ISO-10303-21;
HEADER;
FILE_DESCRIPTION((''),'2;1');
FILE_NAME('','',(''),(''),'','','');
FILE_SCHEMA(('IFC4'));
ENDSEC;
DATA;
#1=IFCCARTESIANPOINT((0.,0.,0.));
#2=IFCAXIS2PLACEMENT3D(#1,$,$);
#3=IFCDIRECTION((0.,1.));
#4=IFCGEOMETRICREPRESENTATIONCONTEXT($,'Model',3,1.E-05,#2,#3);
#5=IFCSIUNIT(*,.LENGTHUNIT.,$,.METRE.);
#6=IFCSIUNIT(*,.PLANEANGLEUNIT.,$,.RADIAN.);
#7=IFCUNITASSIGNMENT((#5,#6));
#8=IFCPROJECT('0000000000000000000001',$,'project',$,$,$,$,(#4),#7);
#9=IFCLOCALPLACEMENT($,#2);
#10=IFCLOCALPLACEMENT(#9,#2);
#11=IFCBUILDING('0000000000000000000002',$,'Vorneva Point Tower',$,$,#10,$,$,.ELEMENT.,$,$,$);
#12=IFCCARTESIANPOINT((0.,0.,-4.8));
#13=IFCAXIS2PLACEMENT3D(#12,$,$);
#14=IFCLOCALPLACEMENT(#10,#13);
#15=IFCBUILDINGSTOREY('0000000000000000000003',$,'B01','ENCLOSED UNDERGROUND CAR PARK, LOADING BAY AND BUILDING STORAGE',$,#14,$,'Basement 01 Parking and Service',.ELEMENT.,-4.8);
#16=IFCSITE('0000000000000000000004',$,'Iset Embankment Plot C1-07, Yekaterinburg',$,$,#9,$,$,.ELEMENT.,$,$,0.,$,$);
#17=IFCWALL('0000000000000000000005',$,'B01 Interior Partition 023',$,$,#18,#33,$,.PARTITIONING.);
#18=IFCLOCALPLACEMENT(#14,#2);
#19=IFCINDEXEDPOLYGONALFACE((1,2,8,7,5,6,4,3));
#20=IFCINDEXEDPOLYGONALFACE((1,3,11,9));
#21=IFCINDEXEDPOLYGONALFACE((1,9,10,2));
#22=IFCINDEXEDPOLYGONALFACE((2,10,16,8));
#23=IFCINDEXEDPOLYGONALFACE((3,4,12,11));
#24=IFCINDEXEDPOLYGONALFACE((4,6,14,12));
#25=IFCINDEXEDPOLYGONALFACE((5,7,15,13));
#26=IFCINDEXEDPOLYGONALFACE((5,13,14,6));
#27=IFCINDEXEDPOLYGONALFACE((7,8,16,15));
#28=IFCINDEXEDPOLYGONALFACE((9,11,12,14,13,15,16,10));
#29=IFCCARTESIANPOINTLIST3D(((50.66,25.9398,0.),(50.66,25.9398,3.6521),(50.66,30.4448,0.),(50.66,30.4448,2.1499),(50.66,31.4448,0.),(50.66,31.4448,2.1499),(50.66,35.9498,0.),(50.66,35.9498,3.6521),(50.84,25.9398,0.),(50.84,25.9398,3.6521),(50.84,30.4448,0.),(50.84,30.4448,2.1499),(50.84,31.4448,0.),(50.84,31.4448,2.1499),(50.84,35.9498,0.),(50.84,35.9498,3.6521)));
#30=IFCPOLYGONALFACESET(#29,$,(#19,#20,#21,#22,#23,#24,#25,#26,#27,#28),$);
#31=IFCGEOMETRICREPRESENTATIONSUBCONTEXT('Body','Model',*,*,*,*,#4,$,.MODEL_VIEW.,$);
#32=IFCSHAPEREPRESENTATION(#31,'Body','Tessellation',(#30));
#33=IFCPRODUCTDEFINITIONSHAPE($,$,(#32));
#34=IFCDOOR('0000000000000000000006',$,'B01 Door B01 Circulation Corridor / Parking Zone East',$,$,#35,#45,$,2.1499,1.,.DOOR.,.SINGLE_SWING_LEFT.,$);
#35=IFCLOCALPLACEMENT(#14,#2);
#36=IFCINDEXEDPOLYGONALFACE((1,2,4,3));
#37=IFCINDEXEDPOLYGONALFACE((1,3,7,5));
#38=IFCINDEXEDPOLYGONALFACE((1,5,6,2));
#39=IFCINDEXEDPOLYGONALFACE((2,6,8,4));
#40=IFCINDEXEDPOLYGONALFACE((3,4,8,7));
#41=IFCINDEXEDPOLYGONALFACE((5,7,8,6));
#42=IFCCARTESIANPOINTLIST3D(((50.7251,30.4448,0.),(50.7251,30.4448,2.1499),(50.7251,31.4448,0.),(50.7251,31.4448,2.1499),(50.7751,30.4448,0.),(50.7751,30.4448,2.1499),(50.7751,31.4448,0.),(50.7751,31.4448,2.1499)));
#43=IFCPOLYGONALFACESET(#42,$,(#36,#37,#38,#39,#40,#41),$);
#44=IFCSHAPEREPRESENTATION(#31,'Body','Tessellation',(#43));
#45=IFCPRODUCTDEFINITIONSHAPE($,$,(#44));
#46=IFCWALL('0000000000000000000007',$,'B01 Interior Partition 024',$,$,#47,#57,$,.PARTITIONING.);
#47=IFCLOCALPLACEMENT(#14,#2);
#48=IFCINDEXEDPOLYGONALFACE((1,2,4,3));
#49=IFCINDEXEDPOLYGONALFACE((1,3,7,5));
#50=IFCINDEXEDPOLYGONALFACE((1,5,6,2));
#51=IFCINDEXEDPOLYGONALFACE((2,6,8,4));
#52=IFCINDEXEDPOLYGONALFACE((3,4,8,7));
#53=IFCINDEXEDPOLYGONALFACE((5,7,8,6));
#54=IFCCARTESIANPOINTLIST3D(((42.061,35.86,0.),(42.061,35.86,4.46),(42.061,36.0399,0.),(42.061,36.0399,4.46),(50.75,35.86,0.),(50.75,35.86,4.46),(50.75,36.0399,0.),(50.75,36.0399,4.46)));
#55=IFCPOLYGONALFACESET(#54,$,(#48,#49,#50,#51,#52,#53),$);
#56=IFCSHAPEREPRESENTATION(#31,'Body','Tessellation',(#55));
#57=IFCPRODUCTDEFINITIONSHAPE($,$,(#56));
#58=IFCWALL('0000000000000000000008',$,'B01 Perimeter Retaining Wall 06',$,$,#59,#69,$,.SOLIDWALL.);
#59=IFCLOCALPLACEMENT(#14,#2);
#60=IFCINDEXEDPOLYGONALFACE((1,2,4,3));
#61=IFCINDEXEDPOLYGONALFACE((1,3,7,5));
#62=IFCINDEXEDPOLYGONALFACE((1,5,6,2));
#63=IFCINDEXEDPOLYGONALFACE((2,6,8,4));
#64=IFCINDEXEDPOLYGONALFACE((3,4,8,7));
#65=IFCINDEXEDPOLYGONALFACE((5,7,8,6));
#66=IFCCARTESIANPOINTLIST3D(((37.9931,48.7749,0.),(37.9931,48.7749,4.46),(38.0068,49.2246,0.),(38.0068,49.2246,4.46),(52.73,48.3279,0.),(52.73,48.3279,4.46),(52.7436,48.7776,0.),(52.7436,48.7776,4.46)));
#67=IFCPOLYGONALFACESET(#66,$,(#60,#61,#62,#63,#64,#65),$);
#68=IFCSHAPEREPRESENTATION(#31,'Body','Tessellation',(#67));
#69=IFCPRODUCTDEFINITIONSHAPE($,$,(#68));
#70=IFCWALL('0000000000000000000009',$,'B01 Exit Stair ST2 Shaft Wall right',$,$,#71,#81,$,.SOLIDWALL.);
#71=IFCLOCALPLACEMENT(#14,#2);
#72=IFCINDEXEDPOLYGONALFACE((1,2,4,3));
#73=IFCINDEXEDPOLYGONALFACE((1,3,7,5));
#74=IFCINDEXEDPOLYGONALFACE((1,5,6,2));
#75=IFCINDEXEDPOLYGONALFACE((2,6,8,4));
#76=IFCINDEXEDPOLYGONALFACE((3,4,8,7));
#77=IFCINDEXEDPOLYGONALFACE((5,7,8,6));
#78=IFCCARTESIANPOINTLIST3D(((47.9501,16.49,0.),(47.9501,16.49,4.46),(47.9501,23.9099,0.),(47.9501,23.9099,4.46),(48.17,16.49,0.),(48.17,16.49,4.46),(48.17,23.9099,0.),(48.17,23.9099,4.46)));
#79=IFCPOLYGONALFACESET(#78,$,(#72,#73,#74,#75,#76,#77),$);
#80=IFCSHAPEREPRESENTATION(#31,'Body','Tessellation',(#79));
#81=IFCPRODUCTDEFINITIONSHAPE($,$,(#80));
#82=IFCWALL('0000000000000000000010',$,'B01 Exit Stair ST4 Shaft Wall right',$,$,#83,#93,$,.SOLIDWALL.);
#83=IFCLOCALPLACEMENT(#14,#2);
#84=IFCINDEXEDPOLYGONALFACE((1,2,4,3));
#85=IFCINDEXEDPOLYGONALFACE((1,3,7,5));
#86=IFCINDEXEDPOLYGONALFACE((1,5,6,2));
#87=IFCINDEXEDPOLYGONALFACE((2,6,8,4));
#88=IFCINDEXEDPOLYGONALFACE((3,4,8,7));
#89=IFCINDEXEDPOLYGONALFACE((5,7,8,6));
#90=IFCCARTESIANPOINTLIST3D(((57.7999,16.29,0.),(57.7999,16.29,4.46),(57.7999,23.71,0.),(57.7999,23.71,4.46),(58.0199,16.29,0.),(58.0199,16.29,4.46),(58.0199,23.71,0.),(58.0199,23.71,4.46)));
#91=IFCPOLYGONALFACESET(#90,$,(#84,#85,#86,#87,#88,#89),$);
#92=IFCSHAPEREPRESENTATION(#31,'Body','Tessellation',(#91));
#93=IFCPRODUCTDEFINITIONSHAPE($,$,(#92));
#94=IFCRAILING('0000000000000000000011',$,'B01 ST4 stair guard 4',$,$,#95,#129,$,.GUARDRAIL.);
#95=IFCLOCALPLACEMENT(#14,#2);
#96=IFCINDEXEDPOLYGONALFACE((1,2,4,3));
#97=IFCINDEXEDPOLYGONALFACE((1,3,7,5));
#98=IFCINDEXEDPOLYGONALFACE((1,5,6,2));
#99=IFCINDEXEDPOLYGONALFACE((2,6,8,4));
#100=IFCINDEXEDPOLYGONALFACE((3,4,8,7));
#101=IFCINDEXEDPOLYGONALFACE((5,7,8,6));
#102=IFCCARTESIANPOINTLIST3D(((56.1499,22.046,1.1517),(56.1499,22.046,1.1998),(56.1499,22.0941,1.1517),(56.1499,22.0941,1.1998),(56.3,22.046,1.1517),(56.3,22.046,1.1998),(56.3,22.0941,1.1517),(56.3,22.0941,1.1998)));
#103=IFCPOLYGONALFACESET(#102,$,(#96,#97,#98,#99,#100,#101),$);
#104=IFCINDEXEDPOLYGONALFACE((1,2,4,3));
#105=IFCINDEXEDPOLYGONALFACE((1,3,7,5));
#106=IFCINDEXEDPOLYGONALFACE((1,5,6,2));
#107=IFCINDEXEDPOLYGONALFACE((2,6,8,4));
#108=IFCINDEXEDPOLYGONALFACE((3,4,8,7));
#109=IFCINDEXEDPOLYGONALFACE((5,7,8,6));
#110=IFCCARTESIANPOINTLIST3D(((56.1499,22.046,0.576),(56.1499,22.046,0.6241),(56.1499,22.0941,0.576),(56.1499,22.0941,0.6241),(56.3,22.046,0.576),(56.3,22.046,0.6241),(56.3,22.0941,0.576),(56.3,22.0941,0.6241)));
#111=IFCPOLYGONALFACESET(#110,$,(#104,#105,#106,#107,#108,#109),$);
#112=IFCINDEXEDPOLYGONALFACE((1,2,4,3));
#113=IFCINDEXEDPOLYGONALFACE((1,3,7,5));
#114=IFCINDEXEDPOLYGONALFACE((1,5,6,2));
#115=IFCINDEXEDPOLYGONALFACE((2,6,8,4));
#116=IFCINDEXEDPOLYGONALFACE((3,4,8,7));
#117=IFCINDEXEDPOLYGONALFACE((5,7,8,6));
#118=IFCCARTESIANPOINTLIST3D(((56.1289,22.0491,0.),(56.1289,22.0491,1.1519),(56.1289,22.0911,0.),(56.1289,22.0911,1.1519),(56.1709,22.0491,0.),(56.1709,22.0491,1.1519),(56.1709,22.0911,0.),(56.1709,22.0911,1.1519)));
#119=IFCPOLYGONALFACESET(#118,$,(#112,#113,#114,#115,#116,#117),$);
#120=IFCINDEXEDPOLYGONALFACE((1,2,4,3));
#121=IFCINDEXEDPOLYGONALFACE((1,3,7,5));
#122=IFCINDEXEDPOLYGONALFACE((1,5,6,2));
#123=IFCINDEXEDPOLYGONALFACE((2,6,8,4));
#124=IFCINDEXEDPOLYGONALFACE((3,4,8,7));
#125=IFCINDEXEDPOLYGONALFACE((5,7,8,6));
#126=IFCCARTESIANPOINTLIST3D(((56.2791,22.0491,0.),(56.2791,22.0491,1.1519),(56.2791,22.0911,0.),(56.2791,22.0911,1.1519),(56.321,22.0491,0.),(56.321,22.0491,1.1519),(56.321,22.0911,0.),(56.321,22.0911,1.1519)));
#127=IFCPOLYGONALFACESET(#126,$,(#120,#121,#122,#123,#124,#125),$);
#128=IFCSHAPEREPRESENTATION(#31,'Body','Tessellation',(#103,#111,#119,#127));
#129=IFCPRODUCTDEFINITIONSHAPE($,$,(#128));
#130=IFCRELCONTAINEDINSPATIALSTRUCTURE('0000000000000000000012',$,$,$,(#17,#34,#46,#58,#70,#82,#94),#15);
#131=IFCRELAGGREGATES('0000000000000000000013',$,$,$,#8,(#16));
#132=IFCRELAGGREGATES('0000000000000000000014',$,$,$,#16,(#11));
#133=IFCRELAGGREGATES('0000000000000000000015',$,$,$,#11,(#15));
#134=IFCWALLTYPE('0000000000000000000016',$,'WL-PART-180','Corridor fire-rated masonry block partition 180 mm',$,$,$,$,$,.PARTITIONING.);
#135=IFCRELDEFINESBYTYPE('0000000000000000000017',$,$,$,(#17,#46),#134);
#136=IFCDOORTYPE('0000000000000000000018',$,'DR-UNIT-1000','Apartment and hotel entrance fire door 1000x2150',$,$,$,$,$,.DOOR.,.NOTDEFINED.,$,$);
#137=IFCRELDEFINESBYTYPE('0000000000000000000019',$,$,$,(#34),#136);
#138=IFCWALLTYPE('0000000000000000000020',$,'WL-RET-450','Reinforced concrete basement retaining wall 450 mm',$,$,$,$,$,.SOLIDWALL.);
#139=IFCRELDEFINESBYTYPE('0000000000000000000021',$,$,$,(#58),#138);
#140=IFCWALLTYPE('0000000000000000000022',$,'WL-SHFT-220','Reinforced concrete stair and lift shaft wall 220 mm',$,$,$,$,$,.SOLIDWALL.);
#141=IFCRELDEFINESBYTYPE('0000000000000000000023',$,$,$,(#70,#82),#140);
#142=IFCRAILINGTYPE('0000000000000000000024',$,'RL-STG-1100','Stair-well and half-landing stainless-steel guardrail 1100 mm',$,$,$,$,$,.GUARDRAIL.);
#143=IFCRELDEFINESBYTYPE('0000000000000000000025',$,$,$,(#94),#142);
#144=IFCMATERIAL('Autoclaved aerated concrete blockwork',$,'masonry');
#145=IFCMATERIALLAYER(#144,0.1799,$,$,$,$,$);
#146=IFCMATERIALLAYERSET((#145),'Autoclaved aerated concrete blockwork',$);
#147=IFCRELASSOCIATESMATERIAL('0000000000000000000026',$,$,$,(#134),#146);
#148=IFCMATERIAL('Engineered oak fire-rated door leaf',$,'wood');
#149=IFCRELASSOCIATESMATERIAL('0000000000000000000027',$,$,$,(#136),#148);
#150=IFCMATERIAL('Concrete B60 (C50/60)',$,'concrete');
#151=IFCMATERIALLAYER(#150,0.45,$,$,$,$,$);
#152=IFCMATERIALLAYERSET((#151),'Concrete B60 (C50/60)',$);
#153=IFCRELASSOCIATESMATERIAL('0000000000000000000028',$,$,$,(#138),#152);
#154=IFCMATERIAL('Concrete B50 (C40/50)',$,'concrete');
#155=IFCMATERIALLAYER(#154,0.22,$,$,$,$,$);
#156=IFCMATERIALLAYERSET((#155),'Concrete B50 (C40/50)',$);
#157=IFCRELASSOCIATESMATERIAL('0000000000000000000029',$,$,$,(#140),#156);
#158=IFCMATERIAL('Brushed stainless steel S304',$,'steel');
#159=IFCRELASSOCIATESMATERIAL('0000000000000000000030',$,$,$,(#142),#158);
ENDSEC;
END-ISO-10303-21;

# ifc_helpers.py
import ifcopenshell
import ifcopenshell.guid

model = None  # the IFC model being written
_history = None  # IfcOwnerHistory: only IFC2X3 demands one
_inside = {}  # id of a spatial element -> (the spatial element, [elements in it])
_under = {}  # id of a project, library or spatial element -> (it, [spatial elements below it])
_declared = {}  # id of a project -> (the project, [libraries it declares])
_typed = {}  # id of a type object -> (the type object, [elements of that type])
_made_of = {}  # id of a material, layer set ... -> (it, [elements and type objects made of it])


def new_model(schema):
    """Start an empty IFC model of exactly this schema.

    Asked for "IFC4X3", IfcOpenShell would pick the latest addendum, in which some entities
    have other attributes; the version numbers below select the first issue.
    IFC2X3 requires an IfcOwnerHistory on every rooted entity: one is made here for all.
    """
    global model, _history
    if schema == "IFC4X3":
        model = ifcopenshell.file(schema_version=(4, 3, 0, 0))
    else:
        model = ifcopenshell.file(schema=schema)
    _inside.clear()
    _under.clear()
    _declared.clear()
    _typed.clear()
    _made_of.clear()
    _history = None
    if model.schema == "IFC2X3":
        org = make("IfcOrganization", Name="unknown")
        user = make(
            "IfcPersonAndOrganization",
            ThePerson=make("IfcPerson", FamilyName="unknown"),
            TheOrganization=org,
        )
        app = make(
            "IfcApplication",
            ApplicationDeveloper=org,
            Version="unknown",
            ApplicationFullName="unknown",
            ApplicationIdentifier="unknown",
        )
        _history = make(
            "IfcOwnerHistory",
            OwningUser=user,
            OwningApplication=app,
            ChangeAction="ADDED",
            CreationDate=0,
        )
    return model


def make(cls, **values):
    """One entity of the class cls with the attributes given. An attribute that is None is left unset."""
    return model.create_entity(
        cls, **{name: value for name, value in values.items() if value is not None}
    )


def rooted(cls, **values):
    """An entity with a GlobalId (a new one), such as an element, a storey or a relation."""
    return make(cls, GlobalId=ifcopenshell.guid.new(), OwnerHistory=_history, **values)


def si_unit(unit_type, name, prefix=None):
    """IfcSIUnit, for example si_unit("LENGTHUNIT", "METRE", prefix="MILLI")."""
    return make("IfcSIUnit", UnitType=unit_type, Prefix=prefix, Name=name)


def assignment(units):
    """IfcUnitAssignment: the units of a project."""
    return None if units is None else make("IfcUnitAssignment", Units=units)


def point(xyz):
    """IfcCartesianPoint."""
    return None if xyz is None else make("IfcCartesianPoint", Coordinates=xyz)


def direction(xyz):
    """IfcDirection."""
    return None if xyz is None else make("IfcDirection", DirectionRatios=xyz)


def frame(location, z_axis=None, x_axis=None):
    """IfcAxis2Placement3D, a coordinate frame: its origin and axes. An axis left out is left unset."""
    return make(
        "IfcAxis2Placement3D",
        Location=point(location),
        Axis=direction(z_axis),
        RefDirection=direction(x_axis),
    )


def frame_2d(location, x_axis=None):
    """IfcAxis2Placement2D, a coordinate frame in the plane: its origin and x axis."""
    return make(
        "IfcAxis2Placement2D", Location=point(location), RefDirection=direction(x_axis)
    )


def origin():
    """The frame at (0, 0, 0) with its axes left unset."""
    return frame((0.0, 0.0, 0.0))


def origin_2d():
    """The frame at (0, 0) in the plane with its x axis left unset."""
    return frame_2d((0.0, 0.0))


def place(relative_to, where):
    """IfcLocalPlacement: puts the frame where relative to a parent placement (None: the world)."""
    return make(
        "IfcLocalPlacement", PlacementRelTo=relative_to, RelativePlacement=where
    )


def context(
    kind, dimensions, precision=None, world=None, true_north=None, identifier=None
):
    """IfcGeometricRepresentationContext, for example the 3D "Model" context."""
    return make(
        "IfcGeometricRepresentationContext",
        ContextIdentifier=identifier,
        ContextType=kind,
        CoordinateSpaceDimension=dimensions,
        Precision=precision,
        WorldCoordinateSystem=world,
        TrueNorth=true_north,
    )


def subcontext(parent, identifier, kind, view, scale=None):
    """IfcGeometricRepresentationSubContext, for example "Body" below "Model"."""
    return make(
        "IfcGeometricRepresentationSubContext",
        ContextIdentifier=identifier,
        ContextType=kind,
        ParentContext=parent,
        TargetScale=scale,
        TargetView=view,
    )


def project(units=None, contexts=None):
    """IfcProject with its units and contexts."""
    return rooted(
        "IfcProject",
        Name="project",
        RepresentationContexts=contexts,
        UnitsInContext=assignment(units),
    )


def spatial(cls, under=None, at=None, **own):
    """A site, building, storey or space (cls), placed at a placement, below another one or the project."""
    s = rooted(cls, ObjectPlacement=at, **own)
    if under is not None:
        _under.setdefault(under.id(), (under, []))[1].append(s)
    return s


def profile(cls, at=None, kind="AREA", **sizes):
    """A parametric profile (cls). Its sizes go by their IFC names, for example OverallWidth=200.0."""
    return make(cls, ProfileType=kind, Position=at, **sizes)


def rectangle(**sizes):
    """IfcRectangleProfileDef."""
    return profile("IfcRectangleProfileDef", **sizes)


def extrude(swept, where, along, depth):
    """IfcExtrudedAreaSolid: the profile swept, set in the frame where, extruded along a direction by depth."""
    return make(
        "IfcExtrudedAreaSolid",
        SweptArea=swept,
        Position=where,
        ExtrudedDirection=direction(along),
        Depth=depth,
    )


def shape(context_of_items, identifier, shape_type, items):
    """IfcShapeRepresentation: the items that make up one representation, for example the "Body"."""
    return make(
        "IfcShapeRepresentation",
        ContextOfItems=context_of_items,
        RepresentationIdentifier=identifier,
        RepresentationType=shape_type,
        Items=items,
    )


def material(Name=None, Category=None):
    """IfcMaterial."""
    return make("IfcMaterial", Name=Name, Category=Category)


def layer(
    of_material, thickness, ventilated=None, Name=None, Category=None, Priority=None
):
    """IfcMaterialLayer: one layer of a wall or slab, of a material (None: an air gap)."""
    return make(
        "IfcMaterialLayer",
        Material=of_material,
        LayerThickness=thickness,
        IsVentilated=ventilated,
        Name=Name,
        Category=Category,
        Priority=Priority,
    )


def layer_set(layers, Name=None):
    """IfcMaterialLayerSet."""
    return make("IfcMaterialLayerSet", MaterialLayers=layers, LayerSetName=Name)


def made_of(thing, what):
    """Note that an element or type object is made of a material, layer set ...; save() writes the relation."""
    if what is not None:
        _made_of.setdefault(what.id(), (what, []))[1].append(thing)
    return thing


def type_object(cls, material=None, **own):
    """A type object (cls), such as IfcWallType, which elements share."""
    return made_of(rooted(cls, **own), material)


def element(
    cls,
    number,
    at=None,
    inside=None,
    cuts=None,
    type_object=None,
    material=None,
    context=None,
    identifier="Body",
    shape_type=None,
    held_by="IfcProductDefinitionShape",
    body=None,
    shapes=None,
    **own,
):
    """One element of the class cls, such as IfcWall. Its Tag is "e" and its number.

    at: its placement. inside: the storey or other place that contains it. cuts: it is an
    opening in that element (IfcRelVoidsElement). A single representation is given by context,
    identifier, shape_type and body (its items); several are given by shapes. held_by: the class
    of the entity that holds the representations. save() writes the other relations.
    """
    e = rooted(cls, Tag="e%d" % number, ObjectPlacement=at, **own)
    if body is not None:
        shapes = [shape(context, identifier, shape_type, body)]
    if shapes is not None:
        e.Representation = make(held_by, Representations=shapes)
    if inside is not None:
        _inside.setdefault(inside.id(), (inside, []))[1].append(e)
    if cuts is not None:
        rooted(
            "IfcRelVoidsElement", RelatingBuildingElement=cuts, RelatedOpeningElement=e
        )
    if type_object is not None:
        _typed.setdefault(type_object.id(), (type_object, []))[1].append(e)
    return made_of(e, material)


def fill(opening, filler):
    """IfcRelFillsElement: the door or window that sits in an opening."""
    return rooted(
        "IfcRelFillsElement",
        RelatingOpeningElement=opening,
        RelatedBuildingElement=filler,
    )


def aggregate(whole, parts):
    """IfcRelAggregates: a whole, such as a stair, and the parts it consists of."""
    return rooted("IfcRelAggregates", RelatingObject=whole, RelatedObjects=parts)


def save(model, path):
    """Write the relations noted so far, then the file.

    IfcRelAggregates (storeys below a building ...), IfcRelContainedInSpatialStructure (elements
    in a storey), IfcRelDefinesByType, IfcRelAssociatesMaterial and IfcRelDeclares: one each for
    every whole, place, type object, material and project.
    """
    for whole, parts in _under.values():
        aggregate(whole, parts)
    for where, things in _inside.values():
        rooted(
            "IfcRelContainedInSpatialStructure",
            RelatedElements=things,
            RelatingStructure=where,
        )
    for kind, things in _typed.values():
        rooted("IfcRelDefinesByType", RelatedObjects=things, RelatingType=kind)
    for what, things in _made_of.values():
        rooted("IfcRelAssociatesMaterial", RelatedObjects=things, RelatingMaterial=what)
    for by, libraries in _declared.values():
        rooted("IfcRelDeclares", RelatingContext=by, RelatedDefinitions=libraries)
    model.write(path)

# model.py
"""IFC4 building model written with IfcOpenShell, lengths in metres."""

from ifc_helpers import new_model, si_unit, direction, frame, frame_2d, origin, origin_2d, place, context, subcontext, project, spatial, rectangle, extrude, material, layer, layer_set, type_object, element, fill, save


model = new_model("IFC4")

# Units and contexts
model_context = context("Model", 3, precision=1e-05, world=origin(), true_north=direction((0.0, 1.0)))
body_context = subcontext(model_context, "Body", "Model", "MODEL_VIEW")
ifc_project = project(units=[si_unit("LENGTHUNIT", "METRE"), si_unit("PLANEANGLEUNIT", "RADIAN")], contexts=[model_context])

# Site, building, storey
site_placement = place(None, origin())
site = spatial("IfcSite", under=ifc_project, at=site_placement, Name="Iset Embankment Plot C1-07, Yekaterinburg", CompositionType="ELEMENT", RefElevation=0.0)
building_placement = place(site_placement, origin())
building = spatial("IfcBuilding", under=site, at=building_placement, Name="Vorneva Point Tower", CompositionType="ELEMENT")
storey_placement = place(building_placement, frame((0.0, 0.0, -4.8)))
storey = spatial("IfcBuildingStorey", under=building, at=storey_placement, Name="B01", Description="ENCLOSED UNDERGROUND CAR PARK, LOADING BAY AND BUILDING STORAGE", LongName="Basement 01 Parking and Service", CompositionType="ELEMENT", Elevation=-4.8)

# Shared definitions
ifc_material_1 = material(Name="Concrete B60 (C50/60)", Category="concrete")

# Wall, opening, door
ifc_material_2 = material(Name="Autoclaved aerated concrete blockwork", Category="masonry")
ifc_layer_1 = layer(ifc_material_2, 0.1799)
ifc_layer_set_1 = layer_set([ifc_layer_1], Name="Autoclaved aerated concrete blockwork")
wall_type_1 = type_object("IfcWallType", Name="WL-PART-180", Description="Corridor fire-rated masonry block partition 180 mm", PredefinedType="PARTITIONING", material=ifc_layer_set_1)
wall_1_placement = place(storey_placement, frame((50.75, 25.9399, 0.0), z_axis=(0.0, 0.0, 1.0), x_axis=(0.0, 1.0, 0.0)))
wall_1 = element("IfcWall", 1, at=wall_1_placement, inside=storey, type_object=wall_type_1, Name="B01 Interior Partition 023", PredefinedType="PARTITIONING", context=body_context, shape_type="SweptSolid", body=[
    extrude(rectangle(XDim=10.01, YDim=0.1799, at=frame_2d((5.0049, 0.0))), origin(), (0.0, 0.0, 1.0), 3.6521),
])
opening_1_placement = place(wall_1_placement, frame((4.5049, 0.0, 0.0)))
opening_1 = element("IfcOpeningElement", 2, at=opening_1_placement, cuts=wall_1, PredefinedType="OPENING", context=body_context, shape_type="SweptSolid", body=[
    extrude(rectangle(XDim=1.0, YDim=2.1499, at=frame_2d((0.5, 1.075))), frame((0.0, 0.105, 0.0), z_axis=(0.0, -1.0, 0.0), x_axis=(1.0, 0.0, 0.0)), (0.0, 0.0, 1.0), 0.2097),
])
ifc_material_3 = material(Name="Engineered oak fire-rated door leaf", Category="wood")
door_type_1 = type_object("IfcDoorType", Name="DR-UNIT-1000", Description="Apartment and hotel entrance fire door 1000x2150", OperationType="NOTDEFINED", PredefinedType="DOOR", material=ifc_material_3)
door_1_placement = place(opening_1_placement, origin())
door_1 = element("IfcDoor", 3, at=door_1_placement, inside=storey, type_object=door_type_1, Name="B01 Door B01 Circulation Corridor / Parking Zone East", OperationType="SINGLE_SWING_LEFT", OverallHeight=2.1499, OverallWidth=1.0, PredefinedType="DOOR", context=body_context, shape_type="SweptSolid", body=[
    extrude(rectangle(XDim=1.0, YDim=2.1499, at=frame_2d((0.5, 1.075))), frame((0.0, 0.0249, 0.0), z_axis=(0.0, -1.0, 0.0), x_axis=(1.0, 0.0, 0.0)), (0.0, 0.0, 1.0), 0.05),
])
fill(opening_1, door_1)

# Walls
wall_2_placement = place(storey_placement, frame((50.75, 35.95, 0.0), z_axis=(0.0, 0.0, 1.0), x_axis=(-1.0, 0.0, 0.0)))
element("IfcWall", 4, at=wall_2_placement, inside=storey, type_object=wall_type_1, Name="B01 Interior Partition 024", PredefinedType="PARTITIONING", context=body_context, shape_type="SweptSolid", body=[
    extrude(rectangle(XDim=8.689, YDim=0.1799, at=frame_2d((4.3445, 0.0))), origin(), (0.0, 0.0, 1.0), 4.46),
])
ifc_layer_2 = layer(ifc_material_1, 0.45)
ifc_layer_set_2 = layer_set([ifc_layer_2], Name="Concrete B60 (C50/60)")
wall_type_2 = type_object("IfcWallType", Name="WL-RET-450", Description="Reinforced concrete basement retaining wall 450 mm", PredefinedType="SOLIDWALL", material=ifc_layer_set_2)
wall_3_placement = place(storey_placement, frame((52.7368, 48.5527, 0.0), z_axis=(0.0, 0.0, 1.0), x_axis=(-0.99954, 0.03032, 0.0)))
element("IfcWall", 5, at=wall_3_placement, inside=storey, type_object=wall_type_2, Name="B01 Perimeter Retaining Wall 06", PredefinedType="SOLIDWALL", context=body_context, shape_type="SweptSolid", body=[
    extrude(rectangle(XDim=14.7437, YDim=0.45, at=frame_2d((7.3718, 0.0))), origin(), (0.0, 0.0, 1.0), 4.46),
])
ifc_material_4 = material(Name="Concrete B50 (C40/50)", Category="concrete")
ifc_layer_3 = layer(ifc_material_4, 0.22)
ifc_layer_set_3 = layer_set([ifc_layer_3], Name="Concrete B50 (C40/50)")
wall_type_3 = type_object("IfcWallType", Name="WL-SHFT-220", Description="Reinforced concrete stair and lift shaft wall 220 mm", PredefinedType="SOLIDWALL", material=ifc_layer_set_3)
wall_4_placement = place(storey_placement, frame((48.0601, 23.9099, 0.0), z_axis=(0.0, 0.0, 1.0), x_axis=(0.0, -1.0, 0.0)))
element("IfcWall", 6, at=wall_4_placement, inside=storey, type_object=wall_type_3, Name="B01 Exit Stair ST2 Shaft Wall right", PredefinedType="SOLIDWALL", context=body_context, shape_type="SweptSolid", body=[
    extrude(rectangle(XDim=7.4199, YDim=0.22, at=frame_2d((3.71, 0.0))), origin(), (0.0, 0.0, 1.0), 4.46),
])

# Wall
wall_5_placement = place(storey_placement, frame((57.9099, 23.71, 0.0), z_axis=(0.0, 0.0, 1.0), x_axis=(0.0, -1.0, 0.0)))
element("IfcWall", 7, at=wall_5_placement, inside=storey, type_object=wall_type_3, Name="B01 Exit Stair ST4 Shaft Wall right", PredefinedType="SOLIDWALL", context=body_context, shape_type="SweptSolid", body=[
    extrude(rectangle(XDim=7.4199, YDim=0.22, at=frame_2d((3.71, 0.0))), origin(), (0.0, 0.0, 1.0), 4.46),
])

# Railing
ifc_material_5 = material(Name="Brushed stainless steel S304", Category="steel")
railing_type = type_object("IfcRailingType", Name="RL-STG-1100", Description="Stair-well and half-landing stainless-steel guardrail 1100 mm", PredefinedType="GUARDRAIL", material=ifc_material_5)
railing_placement = place(storey_placement, frame((56.1499, 22.0701, 0.0)))
element("IfcRailing", 8, at=railing_placement, inside=storey, type_object=railing_type, Name="B01 ST4 stair guard 4", PredefinedType="GUARDRAIL", context=body_context, shape_type="SweptSolid", body=[
    extrude(rectangle(XDim=0.0481, YDim=0.0481, at=origin_2d()), frame((0.0, 0.0, 1.1758), z_axis=(1.0, 0.0, 0.0), x_axis=(0.0, 1.0, 0.0)), (0.0, 0.0, 1.0), 0.1501),
    extrude(rectangle(XDim=0.0481, YDim=0.0481, at=origin_2d()), frame((0.0, 0.0, 0.6001), z_axis=(1.0, 0.0, 0.0), x_axis=(0.0, 1.0, 0.0)), (0.0, 0.0, 1.0), 0.1501),
    extrude(rectangle(XDim=0.042, YDim=0.042, at=origin_2d()), origin(), (0.0, 0.0, 1.0), 1.1519),
    extrude(rectangle(XDim=0.042, YDim=0.042, at=origin_2d()), frame((0.1501, 0.0, 0.0)), (0.0, 0.0, 1.0), 1.1519),
])

save(model, "model.ifc")
